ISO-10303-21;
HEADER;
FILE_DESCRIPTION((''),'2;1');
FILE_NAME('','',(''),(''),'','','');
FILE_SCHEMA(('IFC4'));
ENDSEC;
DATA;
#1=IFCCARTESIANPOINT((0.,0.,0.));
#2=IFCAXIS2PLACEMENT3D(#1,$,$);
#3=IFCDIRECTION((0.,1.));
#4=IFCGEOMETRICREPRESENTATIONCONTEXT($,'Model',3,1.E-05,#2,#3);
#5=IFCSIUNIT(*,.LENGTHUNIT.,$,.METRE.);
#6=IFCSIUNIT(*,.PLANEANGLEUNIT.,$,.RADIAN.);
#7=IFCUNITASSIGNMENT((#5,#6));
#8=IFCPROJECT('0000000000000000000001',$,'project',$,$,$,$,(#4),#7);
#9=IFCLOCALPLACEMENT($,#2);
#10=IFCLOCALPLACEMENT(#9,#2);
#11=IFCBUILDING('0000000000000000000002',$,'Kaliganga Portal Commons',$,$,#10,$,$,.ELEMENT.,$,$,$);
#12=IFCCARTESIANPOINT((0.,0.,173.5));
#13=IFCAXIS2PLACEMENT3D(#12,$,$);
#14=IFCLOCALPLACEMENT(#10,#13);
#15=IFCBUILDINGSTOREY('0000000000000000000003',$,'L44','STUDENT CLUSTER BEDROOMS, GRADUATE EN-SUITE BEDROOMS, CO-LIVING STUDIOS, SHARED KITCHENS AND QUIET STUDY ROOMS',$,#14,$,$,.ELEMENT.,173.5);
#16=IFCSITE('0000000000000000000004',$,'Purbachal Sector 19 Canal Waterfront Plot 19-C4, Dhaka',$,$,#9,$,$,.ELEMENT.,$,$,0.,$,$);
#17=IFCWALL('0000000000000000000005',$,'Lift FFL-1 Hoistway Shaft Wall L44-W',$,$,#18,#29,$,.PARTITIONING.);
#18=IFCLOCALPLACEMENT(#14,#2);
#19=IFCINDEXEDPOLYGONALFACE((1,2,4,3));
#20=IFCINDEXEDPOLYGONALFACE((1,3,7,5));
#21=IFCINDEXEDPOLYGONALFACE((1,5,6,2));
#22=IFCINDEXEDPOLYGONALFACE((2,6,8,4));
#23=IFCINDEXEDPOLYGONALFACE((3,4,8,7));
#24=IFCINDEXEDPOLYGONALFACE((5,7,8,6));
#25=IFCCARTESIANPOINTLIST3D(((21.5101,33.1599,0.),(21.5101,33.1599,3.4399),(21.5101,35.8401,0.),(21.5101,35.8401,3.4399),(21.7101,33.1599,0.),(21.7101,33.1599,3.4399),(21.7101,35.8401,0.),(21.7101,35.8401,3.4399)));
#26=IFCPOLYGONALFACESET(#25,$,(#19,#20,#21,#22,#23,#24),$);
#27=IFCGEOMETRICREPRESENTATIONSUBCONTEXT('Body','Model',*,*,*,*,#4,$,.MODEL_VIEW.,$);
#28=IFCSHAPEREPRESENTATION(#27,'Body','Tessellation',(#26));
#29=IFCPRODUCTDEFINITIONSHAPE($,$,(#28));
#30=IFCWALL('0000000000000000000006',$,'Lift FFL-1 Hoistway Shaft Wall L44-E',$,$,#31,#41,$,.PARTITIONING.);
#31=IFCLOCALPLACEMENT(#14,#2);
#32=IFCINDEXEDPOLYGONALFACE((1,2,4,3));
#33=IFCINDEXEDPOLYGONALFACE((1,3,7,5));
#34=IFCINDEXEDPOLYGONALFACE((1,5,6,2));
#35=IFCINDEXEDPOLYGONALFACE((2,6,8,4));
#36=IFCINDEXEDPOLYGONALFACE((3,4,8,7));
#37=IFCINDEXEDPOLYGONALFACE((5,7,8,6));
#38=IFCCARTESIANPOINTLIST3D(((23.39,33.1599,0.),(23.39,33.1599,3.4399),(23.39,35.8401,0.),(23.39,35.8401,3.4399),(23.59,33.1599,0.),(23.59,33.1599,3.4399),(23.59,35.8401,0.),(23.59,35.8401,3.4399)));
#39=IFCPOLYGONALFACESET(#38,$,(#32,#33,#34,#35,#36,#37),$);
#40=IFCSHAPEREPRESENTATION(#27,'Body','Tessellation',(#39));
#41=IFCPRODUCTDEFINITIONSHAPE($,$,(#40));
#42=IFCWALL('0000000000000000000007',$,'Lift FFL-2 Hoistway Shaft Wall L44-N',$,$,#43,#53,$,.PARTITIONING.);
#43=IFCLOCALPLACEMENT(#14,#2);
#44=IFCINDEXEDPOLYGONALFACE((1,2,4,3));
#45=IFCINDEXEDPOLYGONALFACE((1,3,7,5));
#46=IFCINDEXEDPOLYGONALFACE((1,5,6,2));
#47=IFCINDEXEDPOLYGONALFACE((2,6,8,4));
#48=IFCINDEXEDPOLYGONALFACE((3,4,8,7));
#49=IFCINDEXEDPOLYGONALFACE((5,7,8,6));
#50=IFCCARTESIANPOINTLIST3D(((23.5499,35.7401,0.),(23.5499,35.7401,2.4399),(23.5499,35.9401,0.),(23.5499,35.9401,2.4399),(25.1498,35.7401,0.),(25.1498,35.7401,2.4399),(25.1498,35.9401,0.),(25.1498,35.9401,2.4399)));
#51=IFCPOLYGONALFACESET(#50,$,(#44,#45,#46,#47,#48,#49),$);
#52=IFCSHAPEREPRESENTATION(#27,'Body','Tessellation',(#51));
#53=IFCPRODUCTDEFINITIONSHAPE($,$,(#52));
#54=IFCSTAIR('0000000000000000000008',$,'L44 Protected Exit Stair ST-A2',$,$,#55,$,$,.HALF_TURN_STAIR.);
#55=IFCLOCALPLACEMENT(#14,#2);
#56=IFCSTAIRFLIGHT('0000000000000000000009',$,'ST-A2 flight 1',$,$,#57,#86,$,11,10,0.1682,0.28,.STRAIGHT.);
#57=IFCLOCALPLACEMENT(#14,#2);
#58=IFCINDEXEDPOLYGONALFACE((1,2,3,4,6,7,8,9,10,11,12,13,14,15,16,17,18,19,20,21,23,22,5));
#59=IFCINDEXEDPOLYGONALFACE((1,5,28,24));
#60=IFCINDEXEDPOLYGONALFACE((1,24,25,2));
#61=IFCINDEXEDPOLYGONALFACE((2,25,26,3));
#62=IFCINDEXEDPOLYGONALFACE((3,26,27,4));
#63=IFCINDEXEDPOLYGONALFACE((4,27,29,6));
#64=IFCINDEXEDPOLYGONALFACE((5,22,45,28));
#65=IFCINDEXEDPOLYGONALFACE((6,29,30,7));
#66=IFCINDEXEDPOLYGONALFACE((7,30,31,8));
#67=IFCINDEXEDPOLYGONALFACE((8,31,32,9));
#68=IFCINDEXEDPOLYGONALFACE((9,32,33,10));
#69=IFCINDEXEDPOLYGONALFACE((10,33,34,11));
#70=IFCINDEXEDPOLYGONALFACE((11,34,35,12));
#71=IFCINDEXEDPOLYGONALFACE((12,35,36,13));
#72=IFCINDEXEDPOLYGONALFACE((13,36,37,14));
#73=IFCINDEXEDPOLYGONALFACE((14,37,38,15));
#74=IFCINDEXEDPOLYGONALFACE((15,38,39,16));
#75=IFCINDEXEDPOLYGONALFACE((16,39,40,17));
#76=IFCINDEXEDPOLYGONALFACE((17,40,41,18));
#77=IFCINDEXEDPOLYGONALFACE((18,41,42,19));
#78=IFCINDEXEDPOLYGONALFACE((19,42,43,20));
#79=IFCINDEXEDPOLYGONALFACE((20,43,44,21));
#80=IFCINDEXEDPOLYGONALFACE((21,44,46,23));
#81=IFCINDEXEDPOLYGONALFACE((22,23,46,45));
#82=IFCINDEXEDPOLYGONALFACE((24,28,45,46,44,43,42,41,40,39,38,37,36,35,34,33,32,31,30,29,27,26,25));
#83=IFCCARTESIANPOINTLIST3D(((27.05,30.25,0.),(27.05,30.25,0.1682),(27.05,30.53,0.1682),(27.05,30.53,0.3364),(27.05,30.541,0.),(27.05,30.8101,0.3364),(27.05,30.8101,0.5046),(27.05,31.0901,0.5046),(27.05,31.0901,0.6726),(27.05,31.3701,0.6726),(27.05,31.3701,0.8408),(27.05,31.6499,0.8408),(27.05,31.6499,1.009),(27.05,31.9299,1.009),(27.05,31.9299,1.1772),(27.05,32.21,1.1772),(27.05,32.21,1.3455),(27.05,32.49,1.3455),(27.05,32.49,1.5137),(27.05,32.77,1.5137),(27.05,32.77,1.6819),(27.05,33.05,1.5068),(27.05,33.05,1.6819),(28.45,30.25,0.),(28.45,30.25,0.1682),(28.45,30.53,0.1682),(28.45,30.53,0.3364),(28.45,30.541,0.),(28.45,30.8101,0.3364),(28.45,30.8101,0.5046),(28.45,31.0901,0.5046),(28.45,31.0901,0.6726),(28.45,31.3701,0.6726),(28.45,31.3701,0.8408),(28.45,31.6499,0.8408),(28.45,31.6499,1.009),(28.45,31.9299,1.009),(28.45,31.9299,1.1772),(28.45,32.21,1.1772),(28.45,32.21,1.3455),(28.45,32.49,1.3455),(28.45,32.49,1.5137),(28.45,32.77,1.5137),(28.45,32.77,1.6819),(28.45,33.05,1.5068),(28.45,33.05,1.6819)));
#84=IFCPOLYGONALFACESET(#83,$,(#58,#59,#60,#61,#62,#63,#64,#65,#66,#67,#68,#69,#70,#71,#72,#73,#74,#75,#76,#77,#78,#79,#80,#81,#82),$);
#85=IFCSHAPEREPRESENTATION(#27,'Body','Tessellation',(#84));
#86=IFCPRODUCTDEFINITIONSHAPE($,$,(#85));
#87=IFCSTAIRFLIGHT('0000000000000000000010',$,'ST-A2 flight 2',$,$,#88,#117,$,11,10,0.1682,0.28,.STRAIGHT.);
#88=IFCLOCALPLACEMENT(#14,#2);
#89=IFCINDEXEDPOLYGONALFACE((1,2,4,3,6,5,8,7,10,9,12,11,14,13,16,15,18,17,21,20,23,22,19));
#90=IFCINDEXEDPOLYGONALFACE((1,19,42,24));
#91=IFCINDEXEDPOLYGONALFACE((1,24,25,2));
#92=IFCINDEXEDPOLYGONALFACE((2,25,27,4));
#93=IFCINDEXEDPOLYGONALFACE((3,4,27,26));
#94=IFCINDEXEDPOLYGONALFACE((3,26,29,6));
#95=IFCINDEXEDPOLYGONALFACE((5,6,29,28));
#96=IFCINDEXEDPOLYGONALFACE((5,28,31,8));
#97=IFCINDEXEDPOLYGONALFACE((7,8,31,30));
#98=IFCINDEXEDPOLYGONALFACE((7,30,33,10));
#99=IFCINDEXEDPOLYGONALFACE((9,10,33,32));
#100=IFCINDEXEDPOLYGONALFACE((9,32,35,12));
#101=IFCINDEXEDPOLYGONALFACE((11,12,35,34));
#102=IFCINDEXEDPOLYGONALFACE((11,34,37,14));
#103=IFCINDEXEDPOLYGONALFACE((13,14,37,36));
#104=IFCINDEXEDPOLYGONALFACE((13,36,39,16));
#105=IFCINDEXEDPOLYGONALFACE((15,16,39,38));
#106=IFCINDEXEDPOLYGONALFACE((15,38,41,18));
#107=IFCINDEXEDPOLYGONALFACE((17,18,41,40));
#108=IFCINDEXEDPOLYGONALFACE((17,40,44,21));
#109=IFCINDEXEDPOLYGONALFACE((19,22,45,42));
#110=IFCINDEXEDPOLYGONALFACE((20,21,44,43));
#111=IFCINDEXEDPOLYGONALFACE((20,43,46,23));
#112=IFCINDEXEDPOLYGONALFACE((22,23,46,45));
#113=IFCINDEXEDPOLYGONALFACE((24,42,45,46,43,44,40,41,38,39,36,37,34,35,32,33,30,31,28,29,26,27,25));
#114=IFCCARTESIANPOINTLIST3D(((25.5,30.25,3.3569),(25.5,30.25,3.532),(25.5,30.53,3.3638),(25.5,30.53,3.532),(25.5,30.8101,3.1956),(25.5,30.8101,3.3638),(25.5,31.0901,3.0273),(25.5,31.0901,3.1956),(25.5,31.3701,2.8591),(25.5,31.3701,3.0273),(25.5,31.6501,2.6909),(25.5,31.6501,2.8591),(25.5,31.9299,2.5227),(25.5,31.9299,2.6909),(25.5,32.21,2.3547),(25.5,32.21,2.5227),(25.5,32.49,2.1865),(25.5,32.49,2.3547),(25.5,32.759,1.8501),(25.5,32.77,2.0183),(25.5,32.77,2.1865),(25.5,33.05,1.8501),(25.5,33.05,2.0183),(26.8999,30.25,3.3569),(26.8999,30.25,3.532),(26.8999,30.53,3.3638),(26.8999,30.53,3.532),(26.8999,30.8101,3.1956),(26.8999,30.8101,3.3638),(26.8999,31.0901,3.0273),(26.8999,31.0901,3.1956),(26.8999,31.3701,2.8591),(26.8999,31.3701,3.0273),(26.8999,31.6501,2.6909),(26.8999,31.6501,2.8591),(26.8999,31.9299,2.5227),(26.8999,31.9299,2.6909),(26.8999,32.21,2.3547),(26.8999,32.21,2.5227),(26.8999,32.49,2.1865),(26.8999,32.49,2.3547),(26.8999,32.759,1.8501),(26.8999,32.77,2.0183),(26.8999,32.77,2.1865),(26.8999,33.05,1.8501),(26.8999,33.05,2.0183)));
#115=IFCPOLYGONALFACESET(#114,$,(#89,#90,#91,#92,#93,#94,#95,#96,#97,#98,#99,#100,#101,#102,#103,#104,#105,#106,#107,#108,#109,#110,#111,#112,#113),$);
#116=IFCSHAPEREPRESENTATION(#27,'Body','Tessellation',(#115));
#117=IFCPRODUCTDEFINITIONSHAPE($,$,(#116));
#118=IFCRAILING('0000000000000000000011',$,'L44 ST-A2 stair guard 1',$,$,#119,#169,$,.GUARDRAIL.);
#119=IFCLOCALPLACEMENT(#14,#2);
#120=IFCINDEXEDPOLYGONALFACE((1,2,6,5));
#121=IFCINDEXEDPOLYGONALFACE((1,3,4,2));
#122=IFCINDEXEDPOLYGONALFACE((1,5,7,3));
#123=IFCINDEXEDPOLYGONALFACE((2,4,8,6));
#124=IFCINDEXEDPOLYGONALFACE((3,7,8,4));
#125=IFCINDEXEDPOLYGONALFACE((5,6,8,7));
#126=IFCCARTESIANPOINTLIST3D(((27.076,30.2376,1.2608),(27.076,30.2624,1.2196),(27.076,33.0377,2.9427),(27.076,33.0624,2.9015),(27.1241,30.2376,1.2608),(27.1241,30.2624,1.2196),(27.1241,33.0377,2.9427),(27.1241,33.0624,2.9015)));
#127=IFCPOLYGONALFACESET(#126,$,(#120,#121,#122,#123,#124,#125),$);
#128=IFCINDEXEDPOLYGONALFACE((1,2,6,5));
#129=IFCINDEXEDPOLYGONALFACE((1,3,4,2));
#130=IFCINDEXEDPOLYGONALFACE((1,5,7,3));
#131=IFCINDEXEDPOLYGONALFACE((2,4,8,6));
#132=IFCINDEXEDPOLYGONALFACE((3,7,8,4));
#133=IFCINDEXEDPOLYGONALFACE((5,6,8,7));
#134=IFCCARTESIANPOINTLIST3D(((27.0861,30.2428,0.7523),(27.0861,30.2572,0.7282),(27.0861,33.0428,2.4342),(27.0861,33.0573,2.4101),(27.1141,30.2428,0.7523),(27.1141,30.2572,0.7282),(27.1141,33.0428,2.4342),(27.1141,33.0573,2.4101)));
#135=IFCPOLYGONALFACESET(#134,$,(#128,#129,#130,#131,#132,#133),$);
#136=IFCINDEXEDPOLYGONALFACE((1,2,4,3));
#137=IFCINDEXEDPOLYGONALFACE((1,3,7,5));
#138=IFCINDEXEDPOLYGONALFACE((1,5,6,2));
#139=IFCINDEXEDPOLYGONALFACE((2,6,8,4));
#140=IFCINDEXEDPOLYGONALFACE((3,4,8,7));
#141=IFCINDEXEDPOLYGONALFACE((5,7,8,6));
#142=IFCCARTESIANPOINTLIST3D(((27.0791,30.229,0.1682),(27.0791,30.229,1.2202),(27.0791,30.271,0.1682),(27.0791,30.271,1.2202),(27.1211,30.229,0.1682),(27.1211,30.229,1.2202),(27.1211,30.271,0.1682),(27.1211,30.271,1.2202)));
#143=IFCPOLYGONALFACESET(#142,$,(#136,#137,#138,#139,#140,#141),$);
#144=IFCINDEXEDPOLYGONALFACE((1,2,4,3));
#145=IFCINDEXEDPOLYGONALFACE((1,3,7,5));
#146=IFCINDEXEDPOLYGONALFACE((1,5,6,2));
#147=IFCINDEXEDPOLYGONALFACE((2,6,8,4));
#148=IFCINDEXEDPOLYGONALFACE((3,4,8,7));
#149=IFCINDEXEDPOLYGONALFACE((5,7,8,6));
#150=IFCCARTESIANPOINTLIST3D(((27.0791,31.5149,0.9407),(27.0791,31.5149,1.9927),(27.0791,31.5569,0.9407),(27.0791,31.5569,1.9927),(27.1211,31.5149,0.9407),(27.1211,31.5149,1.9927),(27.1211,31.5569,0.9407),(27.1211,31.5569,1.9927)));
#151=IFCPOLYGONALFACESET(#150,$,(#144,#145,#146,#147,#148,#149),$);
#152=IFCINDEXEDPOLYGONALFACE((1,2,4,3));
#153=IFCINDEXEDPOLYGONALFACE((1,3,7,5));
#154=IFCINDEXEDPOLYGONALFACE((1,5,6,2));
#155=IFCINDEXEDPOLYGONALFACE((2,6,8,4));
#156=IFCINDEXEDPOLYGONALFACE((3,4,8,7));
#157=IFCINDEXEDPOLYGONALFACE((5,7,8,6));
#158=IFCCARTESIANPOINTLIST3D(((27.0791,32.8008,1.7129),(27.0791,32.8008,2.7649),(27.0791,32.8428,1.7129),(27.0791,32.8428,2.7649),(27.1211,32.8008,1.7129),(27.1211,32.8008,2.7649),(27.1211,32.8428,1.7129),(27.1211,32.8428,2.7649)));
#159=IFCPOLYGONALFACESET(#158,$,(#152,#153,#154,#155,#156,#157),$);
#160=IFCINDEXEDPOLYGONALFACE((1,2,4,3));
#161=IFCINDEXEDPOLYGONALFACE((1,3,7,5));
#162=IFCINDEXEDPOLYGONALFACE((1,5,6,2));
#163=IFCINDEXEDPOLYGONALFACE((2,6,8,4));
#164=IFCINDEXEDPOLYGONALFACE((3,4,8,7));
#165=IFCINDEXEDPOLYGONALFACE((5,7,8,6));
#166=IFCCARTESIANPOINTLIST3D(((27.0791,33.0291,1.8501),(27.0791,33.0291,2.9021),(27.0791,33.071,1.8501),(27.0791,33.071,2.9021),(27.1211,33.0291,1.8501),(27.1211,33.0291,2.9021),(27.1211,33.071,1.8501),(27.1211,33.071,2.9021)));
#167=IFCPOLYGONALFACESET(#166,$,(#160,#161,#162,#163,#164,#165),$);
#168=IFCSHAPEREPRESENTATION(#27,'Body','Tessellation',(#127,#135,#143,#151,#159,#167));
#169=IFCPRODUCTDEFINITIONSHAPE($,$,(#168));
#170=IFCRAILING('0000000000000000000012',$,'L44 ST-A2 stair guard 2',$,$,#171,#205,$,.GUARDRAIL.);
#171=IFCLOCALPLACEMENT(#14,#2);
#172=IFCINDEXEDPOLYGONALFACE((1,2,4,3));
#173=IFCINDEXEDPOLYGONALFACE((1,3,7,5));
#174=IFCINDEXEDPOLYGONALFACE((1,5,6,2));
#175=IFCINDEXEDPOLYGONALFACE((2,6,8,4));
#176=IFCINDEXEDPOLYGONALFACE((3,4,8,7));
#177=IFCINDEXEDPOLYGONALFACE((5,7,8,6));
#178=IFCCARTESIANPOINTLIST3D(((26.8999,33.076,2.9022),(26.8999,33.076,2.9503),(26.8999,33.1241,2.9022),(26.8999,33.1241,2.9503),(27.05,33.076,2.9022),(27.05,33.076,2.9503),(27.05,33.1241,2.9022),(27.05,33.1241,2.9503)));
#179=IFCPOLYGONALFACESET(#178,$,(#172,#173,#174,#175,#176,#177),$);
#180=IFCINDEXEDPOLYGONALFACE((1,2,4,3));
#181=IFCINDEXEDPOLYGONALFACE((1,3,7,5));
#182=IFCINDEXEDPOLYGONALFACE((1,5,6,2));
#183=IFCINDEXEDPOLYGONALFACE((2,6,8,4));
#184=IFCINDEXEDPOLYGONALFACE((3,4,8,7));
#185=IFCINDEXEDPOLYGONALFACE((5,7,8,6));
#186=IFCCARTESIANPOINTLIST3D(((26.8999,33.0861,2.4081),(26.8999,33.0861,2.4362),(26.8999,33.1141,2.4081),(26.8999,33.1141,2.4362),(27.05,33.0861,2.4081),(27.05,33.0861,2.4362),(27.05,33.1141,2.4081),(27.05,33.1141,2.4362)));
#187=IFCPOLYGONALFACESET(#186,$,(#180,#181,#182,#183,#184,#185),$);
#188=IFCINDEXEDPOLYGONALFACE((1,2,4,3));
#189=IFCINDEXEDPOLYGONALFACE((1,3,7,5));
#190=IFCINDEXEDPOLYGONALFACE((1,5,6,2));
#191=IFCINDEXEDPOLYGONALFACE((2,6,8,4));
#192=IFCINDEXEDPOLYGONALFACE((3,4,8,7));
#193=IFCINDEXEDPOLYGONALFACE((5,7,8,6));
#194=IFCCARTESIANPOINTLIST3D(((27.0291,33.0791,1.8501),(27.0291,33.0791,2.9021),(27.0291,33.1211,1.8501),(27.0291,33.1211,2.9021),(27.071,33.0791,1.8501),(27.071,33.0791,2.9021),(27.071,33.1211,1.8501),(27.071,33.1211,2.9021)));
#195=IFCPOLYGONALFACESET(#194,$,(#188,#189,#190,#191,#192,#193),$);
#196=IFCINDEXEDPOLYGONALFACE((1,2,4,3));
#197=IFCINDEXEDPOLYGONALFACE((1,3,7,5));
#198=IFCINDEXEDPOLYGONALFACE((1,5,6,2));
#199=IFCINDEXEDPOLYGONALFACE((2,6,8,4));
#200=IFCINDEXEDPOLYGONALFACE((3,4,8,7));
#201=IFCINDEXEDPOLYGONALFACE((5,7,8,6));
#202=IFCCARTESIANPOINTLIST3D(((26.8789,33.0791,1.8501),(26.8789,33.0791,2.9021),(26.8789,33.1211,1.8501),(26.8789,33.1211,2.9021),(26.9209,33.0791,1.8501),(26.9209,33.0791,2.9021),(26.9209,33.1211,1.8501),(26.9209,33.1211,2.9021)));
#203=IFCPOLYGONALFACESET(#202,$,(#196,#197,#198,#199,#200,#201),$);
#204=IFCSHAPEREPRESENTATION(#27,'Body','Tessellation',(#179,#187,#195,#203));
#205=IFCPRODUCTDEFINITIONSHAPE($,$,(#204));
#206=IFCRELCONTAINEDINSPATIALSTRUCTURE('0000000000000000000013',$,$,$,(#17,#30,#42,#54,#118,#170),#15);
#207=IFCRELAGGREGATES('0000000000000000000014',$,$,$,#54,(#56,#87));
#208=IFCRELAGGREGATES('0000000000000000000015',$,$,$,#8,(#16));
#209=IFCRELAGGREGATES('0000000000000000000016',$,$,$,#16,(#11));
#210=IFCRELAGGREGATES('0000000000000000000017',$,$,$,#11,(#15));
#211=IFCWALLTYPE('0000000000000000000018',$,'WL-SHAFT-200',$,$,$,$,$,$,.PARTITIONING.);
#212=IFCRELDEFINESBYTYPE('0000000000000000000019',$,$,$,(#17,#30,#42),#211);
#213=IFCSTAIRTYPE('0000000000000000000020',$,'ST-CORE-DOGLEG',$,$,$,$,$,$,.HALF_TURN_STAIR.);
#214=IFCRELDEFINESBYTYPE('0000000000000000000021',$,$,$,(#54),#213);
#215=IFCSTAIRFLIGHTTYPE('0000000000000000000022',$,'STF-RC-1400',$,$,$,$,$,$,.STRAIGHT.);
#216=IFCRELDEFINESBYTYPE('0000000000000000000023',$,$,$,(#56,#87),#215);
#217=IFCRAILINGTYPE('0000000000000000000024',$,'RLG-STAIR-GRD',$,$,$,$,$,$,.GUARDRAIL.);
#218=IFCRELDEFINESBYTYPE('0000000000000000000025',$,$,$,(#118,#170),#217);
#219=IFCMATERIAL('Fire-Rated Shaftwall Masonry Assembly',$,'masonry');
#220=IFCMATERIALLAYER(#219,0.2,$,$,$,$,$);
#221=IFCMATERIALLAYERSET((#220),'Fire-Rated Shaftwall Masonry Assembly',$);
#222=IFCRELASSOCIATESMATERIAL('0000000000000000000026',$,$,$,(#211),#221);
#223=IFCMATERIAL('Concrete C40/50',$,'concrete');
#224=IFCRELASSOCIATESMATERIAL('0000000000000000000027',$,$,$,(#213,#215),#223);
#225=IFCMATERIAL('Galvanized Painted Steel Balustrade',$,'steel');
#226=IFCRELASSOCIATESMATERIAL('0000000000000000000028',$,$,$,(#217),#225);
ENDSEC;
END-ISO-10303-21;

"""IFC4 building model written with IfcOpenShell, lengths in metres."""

from ifc_helpers import new_model, si_unit, direction, frame, frame_2d, origin, origin_2d, place, context, subcontext, project, spatial, polyline, rectangle, outline, extrude, material, layer, layer_set, type_object, element, aggregate, save


model = new_model("IFC4")

# Units and contexts
model_context = context("Model", 3, precision=1e-05, world=origin(), true_north=direction((0.0, 1.0)))
body_context = subcontext(model_context, "Body", "Model", "MODEL_VIEW")
ifc_project = project(units=[si_unit("LENGTHUNIT", "METRE"), si_unit("PLANEANGLEUNIT", "RADIAN")], contexts=[model_context])

# Site, building, storey
site_placement = place(None, origin())
site = spatial("IfcSite", under=ifc_project, at=site_placement, Name="Purbachal Sector 19 Canal Waterfront Plot 19-C4, Dhaka", CompositionType="ELEMENT", RefElevation=0.0)
building_placement = place(site_placement, origin())
building = spatial("IfcBuilding", under=site, at=building_placement, Name="Kaliganga Portal Commons", CompositionType="ELEMENT")
storey_placement = place(building_placement, frame((0.0, 0.0, 173.5)))
storey = spatial("IfcBuildingStorey", under=building, at=storey_placement, Name="L44", Description="STUDENT CLUSTER BEDROOMS, GRADUATE EN-SUITE BEDROOMS, CO-LIVING STUDIOS, SHARED KITCHENS AND QUIET STUDY ROOMS", CompositionType="ELEMENT", Elevation=173.5)

# Shared definitions
ifc_material_1 = material(Name="Fire-Rated Shaftwall Masonry Assembly", Category="masonry")
ifc_layer_1 = layer(ifc_material_1, 0.2)
ifc_layer_set_1 = layer_set([ifc_layer_1], Name="Fire-Rated Shaftwall Masonry Assembly")
wall_type_1 = type_object("IfcWallType", Name="WL-SHAFT-200", PredefinedType="PARTITIONING", material=ifc_layer_set_1)

# Walls
for number, where, z_axis, x_axis, name in (
    (1, (21.6101, 33.1599, 0.0), (0.0, 0.0, 1.0), (0.0, 1.0, 0.0), "Lift FFL-1 Hoistway Shaft Wall L44-W"),
    (2, (23.49, 33.1599, 0.0), (0.0, 0.0, 1.0), (0.0, 1.0, 0.0), "Lift FFL-1 Hoistway Shaft Wall L44-E"),
):
    element("IfcWall", number, at=place(storey_placement, frame(where, z_axis=z_axis, x_axis=x_axis)), inside=storey, type_object=wall_type_1, Name=name, PredefinedType="PARTITIONING", context=body_context, shape_type="SweptSolid", body=[
        extrude(rectangle(XDim=2.6802, YDim=0.2, at=frame_2d((1.3401, 0.0))), origin(), (0.0, 0.0, 1.0), 3.4399),
    ])

# Wall
wall_1_placement = place(storey_placement, frame((23.55, 35.8401, 0.0), z_axis=(0.0, 0.0, 1.0), x_axis=(1.0, 0.0, 0.0)))
element("IfcWall", 3, at=wall_1_placement, inside=storey, type_object=wall_type_1, Name="Lift FFL-2 Hoistway Shaft Wall L44-N", PredefinedType="PARTITIONING", context=body_context, shape_type="SweptSolid", body=[
    extrude(rectangle(XDim=1.5999, YDim=0.2, at=frame_2d((0.7998, 0.0))), origin(), (0.0, 0.0, 1.0), 2.4399),
])

# Stair, stair flights
ifc_material_2 = material(Name="Concrete C40/50", Category="concrete")
stair_type = type_object("IfcStairType", Name="ST-CORE-DOGLEG", PredefinedType="HALF_TURN_STAIR", material=ifc_material_2)
stair_placement = place(storey_placement, origin())
stair = element("IfcStair", 4, at=stair_placement, inside=storey, type_object=stair_type, Name="L44 Protected Exit Stair ST-A2", PredefinedType="HALF_TURN_STAIR")
stair_flight_type = type_object("IfcStairFlightType", Name="STF-RC-1400", PredefinedType="STRAIGHT", material=ifc_material_2)
stair_flight_1_placement = place(storey_placement, frame((27.75, 30.25, 0.0), z_axis=(0.0, 0.0, 1.0), x_axis=(0.0, 1.0, 0.0)))
stair_flight_1 = element("IfcStairFlight", 5, at=stair_flight_1_placement, type_object=stair_flight_type, Name="ST-A2 flight 1", NumberOfRisers=11, NumberOfTreads=10, PredefinedType="STRAIGHT", RiserHeight=0.1682, TreadLength=0.28, context=body_context, shape_type="SweptSolid", body=[
    extrude(outline(polyline([(0.0, 0.0), (0.0, 0.1682), (0.28, 0.1682), (0.28, 0.3364), (0.5601, 0.3364), (0.5601, 0.5046), (0.8401, 0.5046), (0.8401, 0.6726), (1.1201, 0.6726), (1.1201, 0.8408), (1.3999, 0.8408), (1.3999, 1.009), (1.6799, 1.009), (1.6799, 1.1772), (1.96, 1.1772), (1.96, 1.3455), (2.24, 1.3455), (2.24, 1.5137), (2.52, 1.5137), (2.52, 1.6819), (2.8, 1.6819), (2.8, 1.8501), (2.8, 1.5068), (0.291, 0.0), (0.0, 0.0)])), frame((0.0, 0.7, 0.0), z_axis=(0.0, -1.0, 0.0), x_axis=(1.0, 0.0, 0.0)), (0.0, 0.0, 1.0), 1.3999),
])
stair_flight_2_placement = place(storey_placement, frame((26.2, 33.05, 1.8501), z_axis=(0.0, 0.0, 1.0), x_axis=(0.0, -1.0, 0.0)))
stair_flight_2 = element("IfcStairFlight", 6, at=stair_flight_2_placement, type_object=stair_flight_type, Name="ST-A2 flight 2", NumberOfRisers=11, NumberOfTreads=10, PredefinedType="STRAIGHT", RiserHeight=0.1682, TreadLength=0.28, context=body_context, shape_type="SweptSolid", body=[
    extrude(outline(polyline([(0.0, 0.0), (0.0, 0.1682), (0.28, 0.1682), (0.28, 0.3364), (0.5601, 0.3364), (0.5601, 0.5046), (0.8401, 0.5046), (0.8401, 0.6726), (1.1201, 0.6726), (1.1201, 0.8408), (1.3999, 0.8408), (1.3999, 1.009), (1.6799, 1.009), (1.6799, 1.1772), (1.96, 1.1772), (1.96, 1.3455), (2.24, 1.3455), (2.24, 1.5137), (2.52, 1.5137), (2.52, 1.6819), (2.8, 1.6819), (2.8, 1.8501), (2.8, 1.5068), (0.291, 0.0), (0.0, 0.0)])), frame((0.0, 0.7, 0.0), z_axis=(0.0, -1.0, 0.0), x_axis=(1.0, 0.0, 0.0)), (0.0, 0.0, 1.0), 1.3999),
])
aggregate(stair, [stair_flight_1, stair_flight_2])

# Railings
ifc_material_3 = material(Name="Galvanized Painted Steel Balustrade", Category="steel")
railing_type_1 = type_object("IfcRailingType", Name="RLG-STAIR-GRD", PredefinedType="GUARDRAIL", material=ifc_material_3)
railing_1_placement = place(storey_placement, frame((27.1001, 30.25, 0.1682)))
element("IfcRailing", 7, at=railing_1_placement, inside=storey, type_object=railing_type_1, Name="L44 ST-A2 stair guard 1", PredefinedType="GUARDRAIL", context=body_context, shape_type="SweptSolid", body=[
    extrude(rectangle(XDim=0.0481, YDim=0.0481, at=origin_2d()), frame((0.0, 0.0, 1.072), z_axis=(0.0, 0.857242, 0.514913), x_axis=(-1.0, 0.0, 0.0)), (0.0, 0.0, 1.0), 3.2664),
    extrude(rectangle(XDim=0.0281, YDim=0.0281, at=origin_2d()), frame((0.0, 0.0, 0.572), z_axis=(0.0, 0.857242, 0.514913), x_axis=(-1.0, 0.0, 0.0)), (0.0, 0.0, 1.0), 3.2664),
    extrude(rectangle(XDim=0.042, YDim=0.042, at=origin_2d()), origin(), (0.0, 0.0, 1.0), 1.052),
    extrude(rectangle(XDim=0.042, YDim=0.042, at=origin_2d()), frame((0.0, 1.2859, 0.7725)), (0.0, 0.0, 1.0), 1.052),
    extrude(rectangle(XDim=0.042, YDim=0.042, at=origin_2d()), frame((0.0, 2.5718, 1.5447)), (0.0, 0.0, 1.0), 1.052),
    extrude(rectangle(XDim=0.042, YDim=0.042, at=origin_2d()), frame((0.0, 2.8, 1.6819)), (0.0, 0.0, 1.0), 1.052),
])
railing_2_placement = place(storey_placement, frame((27.05, 33.1001, 1.8501)))
element("IfcRailing", 8, at=railing_2_placement, inside=storey, type_object=railing_type_1, Name="L44 ST-A2 stair guard 2", PredefinedType="GUARDRAIL", context=body_context, shape_type="SweptSolid", body=[
    extrude(rectangle(XDim=0.0481, YDim=0.0481, at=origin_2d()), frame((0.0, 0.0, 1.0762), z_axis=(-1.0, 0.0, 0.0), x_axis=(0.0, -1.0, 0.0)), (0.0, 0.0, 1.0), 0.1501),
    extrude(rectangle(XDim=0.0281, YDim=0.0281, at=origin_2d()), frame((0.0, 0.0, 0.572), z_axis=(-1.0, 0.0, 0.0), x_axis=(0.0, -1.0, 0.0)), (0.0, 0.0, 1.0), 0.1501),
    extrude(rectangle(XDim=0.042, YDim=0.042, at=origin_2d()), origin(), (0.0, 0.0, 1.0), 1.052),
    extrude(rectangle(XDim=0.042, YDim=0.042, at=origin_2d()), frame((-0.1501, 0.0, 0.0)), (0.0, 0.0, 1.0), 1.052),
])

save(model, "model.ifc")
